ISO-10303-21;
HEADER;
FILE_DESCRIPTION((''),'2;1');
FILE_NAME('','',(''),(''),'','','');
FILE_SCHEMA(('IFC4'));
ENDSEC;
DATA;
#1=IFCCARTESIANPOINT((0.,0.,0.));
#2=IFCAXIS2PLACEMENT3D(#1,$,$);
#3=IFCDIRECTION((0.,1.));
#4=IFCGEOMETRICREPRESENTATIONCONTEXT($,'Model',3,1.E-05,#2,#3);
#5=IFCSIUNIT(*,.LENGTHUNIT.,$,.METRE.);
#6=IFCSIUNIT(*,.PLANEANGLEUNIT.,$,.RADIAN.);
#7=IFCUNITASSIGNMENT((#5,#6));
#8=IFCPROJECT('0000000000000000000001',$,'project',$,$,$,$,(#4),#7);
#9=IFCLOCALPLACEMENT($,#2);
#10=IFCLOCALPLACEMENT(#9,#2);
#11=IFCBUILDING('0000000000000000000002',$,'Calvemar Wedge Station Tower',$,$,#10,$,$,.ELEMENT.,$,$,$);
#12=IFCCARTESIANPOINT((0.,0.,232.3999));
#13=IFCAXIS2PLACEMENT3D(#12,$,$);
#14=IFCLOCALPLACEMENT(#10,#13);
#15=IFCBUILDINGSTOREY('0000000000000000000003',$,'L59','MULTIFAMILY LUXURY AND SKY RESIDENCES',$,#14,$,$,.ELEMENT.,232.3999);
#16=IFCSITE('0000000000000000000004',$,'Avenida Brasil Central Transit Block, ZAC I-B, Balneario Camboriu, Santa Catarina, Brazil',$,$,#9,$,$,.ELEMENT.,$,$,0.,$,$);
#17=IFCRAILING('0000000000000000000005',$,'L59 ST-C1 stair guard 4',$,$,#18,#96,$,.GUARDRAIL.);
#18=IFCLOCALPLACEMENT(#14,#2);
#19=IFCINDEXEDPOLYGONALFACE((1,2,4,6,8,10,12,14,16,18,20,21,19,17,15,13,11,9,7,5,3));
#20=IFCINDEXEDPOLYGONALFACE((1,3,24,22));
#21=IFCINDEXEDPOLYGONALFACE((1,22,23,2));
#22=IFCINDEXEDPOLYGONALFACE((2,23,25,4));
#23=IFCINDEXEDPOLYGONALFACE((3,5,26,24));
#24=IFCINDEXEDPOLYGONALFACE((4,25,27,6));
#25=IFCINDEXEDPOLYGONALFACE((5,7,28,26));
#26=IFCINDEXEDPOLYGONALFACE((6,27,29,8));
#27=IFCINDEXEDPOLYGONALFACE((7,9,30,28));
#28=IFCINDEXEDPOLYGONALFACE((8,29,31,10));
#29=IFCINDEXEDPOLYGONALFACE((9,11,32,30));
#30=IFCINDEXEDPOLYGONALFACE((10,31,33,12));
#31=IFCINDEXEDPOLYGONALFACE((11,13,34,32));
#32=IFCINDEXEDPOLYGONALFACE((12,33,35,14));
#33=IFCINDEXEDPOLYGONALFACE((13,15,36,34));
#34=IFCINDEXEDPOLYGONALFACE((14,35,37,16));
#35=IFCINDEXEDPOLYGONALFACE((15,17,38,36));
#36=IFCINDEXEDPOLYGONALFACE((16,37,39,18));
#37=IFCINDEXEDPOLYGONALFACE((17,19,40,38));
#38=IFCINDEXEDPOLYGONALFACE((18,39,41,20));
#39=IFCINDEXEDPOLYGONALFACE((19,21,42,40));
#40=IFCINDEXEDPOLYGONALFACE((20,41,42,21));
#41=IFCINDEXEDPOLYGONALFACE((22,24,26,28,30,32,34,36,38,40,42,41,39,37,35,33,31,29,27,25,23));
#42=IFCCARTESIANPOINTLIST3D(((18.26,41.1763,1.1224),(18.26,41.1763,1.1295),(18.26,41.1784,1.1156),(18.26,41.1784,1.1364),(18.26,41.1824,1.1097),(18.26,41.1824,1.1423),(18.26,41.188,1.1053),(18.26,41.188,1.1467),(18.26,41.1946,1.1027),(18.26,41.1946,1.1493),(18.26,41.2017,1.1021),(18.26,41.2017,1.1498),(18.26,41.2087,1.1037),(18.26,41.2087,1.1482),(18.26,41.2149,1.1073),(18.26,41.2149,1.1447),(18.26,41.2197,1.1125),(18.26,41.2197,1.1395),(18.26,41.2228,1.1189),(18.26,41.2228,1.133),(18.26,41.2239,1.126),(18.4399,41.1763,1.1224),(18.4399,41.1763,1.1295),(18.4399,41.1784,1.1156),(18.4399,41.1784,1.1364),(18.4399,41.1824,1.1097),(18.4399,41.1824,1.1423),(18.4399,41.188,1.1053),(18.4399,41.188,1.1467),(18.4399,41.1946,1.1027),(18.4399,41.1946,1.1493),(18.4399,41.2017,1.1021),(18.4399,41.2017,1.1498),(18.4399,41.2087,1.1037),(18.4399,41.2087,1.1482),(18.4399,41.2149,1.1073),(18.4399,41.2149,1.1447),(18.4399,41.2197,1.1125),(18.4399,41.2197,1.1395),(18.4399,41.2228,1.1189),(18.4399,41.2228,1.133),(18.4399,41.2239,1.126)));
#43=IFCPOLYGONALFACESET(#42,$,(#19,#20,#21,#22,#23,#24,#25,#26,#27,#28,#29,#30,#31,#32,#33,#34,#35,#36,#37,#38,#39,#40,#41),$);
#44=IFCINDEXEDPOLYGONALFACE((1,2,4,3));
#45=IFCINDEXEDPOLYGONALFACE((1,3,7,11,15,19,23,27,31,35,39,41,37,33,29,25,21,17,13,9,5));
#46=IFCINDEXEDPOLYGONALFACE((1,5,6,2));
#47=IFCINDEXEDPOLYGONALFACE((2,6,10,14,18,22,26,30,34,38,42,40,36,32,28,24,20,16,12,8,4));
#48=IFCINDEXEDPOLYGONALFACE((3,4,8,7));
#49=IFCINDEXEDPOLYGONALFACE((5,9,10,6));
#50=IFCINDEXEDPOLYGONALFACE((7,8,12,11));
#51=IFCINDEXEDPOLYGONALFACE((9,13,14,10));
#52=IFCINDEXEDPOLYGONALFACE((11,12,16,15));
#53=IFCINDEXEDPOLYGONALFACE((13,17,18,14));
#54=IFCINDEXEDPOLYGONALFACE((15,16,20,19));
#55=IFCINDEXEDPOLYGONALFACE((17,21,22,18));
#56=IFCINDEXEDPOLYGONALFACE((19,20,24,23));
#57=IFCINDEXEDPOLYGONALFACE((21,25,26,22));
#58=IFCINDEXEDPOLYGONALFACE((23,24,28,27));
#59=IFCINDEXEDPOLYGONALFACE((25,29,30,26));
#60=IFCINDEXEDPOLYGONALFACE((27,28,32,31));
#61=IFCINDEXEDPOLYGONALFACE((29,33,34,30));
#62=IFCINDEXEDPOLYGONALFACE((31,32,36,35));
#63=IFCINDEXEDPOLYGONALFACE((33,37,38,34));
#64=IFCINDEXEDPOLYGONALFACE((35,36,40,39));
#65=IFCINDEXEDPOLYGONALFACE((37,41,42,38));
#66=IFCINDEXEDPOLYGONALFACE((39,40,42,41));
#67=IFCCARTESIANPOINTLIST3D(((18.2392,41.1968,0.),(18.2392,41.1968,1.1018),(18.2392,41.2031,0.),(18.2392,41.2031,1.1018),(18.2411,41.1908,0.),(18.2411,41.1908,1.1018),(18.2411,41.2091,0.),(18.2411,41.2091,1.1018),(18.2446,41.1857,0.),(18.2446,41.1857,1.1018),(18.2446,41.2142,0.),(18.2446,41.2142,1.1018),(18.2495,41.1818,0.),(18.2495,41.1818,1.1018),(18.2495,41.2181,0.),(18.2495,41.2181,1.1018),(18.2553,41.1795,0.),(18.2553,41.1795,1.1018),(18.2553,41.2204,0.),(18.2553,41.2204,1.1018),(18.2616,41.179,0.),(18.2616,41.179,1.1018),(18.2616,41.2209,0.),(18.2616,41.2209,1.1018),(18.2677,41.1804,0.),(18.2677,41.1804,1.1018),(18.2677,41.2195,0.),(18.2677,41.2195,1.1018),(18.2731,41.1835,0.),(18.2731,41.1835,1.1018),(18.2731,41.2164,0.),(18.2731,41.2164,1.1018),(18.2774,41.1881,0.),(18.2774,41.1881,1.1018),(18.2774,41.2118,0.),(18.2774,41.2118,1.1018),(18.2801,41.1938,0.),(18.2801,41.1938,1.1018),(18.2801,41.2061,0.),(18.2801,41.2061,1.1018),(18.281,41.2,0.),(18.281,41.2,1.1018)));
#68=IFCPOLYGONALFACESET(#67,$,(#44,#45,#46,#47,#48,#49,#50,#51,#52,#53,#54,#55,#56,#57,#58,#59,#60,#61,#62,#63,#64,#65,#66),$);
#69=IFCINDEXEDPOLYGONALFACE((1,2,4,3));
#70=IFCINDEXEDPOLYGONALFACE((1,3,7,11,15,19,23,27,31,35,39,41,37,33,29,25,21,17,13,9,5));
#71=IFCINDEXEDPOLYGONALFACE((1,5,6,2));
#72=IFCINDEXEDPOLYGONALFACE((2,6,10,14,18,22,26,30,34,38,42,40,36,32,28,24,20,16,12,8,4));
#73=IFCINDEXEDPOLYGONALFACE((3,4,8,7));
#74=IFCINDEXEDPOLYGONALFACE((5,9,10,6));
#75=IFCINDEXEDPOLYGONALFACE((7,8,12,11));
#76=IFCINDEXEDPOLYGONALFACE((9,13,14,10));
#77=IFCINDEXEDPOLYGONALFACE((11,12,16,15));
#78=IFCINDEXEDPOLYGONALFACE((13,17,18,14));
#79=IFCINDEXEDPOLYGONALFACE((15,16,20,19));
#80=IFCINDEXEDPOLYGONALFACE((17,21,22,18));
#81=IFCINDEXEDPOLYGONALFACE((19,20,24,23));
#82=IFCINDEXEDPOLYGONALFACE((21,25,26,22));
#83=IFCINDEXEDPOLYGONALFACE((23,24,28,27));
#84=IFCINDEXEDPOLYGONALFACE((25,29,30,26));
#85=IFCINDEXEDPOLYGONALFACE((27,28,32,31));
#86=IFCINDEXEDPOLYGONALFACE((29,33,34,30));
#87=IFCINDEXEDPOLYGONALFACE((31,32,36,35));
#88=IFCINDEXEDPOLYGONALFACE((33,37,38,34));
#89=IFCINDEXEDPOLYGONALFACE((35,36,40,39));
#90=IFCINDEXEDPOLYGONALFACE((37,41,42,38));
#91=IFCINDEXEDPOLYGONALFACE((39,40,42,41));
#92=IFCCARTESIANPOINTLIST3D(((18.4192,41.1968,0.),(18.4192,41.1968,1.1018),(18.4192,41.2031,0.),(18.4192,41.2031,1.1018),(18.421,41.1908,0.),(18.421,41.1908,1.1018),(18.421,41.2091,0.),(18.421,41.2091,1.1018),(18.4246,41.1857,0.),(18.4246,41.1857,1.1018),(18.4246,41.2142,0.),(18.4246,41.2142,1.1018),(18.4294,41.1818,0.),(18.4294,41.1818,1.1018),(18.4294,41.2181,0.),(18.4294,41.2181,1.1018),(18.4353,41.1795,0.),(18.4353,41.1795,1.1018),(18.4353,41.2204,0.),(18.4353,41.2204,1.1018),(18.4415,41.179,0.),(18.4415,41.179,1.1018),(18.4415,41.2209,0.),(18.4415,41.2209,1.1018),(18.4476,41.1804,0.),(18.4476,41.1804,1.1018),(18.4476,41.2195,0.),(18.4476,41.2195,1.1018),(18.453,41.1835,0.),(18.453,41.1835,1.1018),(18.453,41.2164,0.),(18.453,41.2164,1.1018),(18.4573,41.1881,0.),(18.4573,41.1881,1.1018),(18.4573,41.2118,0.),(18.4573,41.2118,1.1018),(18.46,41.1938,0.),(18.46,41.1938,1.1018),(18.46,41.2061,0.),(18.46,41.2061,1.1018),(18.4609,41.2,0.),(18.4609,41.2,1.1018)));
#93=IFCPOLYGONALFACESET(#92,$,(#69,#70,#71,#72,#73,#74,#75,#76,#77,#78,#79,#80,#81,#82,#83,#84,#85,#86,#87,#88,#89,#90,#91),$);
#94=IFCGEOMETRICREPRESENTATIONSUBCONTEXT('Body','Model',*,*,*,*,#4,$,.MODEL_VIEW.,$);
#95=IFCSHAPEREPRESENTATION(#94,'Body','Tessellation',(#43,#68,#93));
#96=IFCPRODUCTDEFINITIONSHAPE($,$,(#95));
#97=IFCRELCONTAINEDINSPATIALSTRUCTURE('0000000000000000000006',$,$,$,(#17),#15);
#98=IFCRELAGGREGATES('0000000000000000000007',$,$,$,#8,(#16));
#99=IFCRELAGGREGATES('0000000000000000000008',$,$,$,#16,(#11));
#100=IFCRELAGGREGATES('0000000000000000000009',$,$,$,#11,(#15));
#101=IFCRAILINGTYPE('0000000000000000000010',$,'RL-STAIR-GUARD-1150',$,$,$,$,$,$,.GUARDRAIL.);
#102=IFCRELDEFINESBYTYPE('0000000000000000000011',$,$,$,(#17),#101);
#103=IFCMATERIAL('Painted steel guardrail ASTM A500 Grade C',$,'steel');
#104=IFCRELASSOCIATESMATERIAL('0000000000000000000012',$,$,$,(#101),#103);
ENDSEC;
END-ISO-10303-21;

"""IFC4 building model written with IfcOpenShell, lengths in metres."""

from ifc_helpers import new_model, si_unit, direction, frame, origin, origin_2d, place, context, subcontext, project, spatial, circle, extrude, material, type_object, element, save


model = new_model("IFC4")

# Units and contexts
model_context = context("Model", 3, precision=1e-05, world=origin(), true_north=direction((0.0, 1.0)))
body_context = subcontext(model_context, "Body", "Model", "MODEL_VIEW")
ifc_project = project(units=[si_unit("LENGTHUNIT", "METRE"), si_unit("PLANEANGLEUNIT", "RADIAN")], contexts=[model_context])

# Site, building, storey
site_placement = place(None, origin())
site = spatial("IfcSite", under=ifc_project, at=site_placement, Name="Avenida Brasil Central Transit Block, ZAC I-B, Balneario Camboriu, Santa Catarina, Brazil", CompositionType="ELEMENT", RefElevation=0.0)
building_placement = place(site_placement, origin())
building = spatial("IfcBuilding", under=site, at=building_placement, Name="Calvemar Wedge Station Tower", CompositionType="ELEMENT")
storey_placement = place(building_placement, frame((0.0, 0.0, 232.3999)))
storey = spatial("IfcBuildingStorey", under=building, at=storey_placement, Name="L59", Description="MULTIFAMILY LUXURY AND SKY RESIDENCES", CompositionType="ELEMENT", Elevation=232.3999)

# Railing
ifc_material_1 = material(Name="Painted steel guardrail ASTM A500 Grade C", Category="steel")
railing_type_1 = type_object("IfcRailingType", Name="RL-STAIR-GUARD-1150", PredefinedType="GUARDRAIL", material=ifc_material_1)
railing_1_placement = place(storey_placement, frame((18.26, 41.2, 0.0)))
element("IfcRailing", 1, at=railing_1_placement, inside=storey, type_object=railing_type_1, Name="L59 ST-C1 stair guard 4", PredefinedType="GUARDRAIL", context=body_context, shape_type="SweptSolid", body=[
    extrude(circle(Radius=0.0239, at=origin_2d()), frame((0.0, 0.0, 1.126), z_axis=(1.0, 0.0, 0.0), x_axis=(0.0, 1.0, 0.0)), (0.0, 0.0, 1.0), 0.1799),
    extrude(circle(Radius=0.021, at=origin_2d()), origin(), (0.0, 0.0, 1.0), 1.1018),
    extrude(circle(Radius=0.021, at=origin_2d()), frame((0.1799, 0.0, 0.0)), (0.0, 0.0, 1.0), 1.1018),
])

save(model, "model.ifc")
